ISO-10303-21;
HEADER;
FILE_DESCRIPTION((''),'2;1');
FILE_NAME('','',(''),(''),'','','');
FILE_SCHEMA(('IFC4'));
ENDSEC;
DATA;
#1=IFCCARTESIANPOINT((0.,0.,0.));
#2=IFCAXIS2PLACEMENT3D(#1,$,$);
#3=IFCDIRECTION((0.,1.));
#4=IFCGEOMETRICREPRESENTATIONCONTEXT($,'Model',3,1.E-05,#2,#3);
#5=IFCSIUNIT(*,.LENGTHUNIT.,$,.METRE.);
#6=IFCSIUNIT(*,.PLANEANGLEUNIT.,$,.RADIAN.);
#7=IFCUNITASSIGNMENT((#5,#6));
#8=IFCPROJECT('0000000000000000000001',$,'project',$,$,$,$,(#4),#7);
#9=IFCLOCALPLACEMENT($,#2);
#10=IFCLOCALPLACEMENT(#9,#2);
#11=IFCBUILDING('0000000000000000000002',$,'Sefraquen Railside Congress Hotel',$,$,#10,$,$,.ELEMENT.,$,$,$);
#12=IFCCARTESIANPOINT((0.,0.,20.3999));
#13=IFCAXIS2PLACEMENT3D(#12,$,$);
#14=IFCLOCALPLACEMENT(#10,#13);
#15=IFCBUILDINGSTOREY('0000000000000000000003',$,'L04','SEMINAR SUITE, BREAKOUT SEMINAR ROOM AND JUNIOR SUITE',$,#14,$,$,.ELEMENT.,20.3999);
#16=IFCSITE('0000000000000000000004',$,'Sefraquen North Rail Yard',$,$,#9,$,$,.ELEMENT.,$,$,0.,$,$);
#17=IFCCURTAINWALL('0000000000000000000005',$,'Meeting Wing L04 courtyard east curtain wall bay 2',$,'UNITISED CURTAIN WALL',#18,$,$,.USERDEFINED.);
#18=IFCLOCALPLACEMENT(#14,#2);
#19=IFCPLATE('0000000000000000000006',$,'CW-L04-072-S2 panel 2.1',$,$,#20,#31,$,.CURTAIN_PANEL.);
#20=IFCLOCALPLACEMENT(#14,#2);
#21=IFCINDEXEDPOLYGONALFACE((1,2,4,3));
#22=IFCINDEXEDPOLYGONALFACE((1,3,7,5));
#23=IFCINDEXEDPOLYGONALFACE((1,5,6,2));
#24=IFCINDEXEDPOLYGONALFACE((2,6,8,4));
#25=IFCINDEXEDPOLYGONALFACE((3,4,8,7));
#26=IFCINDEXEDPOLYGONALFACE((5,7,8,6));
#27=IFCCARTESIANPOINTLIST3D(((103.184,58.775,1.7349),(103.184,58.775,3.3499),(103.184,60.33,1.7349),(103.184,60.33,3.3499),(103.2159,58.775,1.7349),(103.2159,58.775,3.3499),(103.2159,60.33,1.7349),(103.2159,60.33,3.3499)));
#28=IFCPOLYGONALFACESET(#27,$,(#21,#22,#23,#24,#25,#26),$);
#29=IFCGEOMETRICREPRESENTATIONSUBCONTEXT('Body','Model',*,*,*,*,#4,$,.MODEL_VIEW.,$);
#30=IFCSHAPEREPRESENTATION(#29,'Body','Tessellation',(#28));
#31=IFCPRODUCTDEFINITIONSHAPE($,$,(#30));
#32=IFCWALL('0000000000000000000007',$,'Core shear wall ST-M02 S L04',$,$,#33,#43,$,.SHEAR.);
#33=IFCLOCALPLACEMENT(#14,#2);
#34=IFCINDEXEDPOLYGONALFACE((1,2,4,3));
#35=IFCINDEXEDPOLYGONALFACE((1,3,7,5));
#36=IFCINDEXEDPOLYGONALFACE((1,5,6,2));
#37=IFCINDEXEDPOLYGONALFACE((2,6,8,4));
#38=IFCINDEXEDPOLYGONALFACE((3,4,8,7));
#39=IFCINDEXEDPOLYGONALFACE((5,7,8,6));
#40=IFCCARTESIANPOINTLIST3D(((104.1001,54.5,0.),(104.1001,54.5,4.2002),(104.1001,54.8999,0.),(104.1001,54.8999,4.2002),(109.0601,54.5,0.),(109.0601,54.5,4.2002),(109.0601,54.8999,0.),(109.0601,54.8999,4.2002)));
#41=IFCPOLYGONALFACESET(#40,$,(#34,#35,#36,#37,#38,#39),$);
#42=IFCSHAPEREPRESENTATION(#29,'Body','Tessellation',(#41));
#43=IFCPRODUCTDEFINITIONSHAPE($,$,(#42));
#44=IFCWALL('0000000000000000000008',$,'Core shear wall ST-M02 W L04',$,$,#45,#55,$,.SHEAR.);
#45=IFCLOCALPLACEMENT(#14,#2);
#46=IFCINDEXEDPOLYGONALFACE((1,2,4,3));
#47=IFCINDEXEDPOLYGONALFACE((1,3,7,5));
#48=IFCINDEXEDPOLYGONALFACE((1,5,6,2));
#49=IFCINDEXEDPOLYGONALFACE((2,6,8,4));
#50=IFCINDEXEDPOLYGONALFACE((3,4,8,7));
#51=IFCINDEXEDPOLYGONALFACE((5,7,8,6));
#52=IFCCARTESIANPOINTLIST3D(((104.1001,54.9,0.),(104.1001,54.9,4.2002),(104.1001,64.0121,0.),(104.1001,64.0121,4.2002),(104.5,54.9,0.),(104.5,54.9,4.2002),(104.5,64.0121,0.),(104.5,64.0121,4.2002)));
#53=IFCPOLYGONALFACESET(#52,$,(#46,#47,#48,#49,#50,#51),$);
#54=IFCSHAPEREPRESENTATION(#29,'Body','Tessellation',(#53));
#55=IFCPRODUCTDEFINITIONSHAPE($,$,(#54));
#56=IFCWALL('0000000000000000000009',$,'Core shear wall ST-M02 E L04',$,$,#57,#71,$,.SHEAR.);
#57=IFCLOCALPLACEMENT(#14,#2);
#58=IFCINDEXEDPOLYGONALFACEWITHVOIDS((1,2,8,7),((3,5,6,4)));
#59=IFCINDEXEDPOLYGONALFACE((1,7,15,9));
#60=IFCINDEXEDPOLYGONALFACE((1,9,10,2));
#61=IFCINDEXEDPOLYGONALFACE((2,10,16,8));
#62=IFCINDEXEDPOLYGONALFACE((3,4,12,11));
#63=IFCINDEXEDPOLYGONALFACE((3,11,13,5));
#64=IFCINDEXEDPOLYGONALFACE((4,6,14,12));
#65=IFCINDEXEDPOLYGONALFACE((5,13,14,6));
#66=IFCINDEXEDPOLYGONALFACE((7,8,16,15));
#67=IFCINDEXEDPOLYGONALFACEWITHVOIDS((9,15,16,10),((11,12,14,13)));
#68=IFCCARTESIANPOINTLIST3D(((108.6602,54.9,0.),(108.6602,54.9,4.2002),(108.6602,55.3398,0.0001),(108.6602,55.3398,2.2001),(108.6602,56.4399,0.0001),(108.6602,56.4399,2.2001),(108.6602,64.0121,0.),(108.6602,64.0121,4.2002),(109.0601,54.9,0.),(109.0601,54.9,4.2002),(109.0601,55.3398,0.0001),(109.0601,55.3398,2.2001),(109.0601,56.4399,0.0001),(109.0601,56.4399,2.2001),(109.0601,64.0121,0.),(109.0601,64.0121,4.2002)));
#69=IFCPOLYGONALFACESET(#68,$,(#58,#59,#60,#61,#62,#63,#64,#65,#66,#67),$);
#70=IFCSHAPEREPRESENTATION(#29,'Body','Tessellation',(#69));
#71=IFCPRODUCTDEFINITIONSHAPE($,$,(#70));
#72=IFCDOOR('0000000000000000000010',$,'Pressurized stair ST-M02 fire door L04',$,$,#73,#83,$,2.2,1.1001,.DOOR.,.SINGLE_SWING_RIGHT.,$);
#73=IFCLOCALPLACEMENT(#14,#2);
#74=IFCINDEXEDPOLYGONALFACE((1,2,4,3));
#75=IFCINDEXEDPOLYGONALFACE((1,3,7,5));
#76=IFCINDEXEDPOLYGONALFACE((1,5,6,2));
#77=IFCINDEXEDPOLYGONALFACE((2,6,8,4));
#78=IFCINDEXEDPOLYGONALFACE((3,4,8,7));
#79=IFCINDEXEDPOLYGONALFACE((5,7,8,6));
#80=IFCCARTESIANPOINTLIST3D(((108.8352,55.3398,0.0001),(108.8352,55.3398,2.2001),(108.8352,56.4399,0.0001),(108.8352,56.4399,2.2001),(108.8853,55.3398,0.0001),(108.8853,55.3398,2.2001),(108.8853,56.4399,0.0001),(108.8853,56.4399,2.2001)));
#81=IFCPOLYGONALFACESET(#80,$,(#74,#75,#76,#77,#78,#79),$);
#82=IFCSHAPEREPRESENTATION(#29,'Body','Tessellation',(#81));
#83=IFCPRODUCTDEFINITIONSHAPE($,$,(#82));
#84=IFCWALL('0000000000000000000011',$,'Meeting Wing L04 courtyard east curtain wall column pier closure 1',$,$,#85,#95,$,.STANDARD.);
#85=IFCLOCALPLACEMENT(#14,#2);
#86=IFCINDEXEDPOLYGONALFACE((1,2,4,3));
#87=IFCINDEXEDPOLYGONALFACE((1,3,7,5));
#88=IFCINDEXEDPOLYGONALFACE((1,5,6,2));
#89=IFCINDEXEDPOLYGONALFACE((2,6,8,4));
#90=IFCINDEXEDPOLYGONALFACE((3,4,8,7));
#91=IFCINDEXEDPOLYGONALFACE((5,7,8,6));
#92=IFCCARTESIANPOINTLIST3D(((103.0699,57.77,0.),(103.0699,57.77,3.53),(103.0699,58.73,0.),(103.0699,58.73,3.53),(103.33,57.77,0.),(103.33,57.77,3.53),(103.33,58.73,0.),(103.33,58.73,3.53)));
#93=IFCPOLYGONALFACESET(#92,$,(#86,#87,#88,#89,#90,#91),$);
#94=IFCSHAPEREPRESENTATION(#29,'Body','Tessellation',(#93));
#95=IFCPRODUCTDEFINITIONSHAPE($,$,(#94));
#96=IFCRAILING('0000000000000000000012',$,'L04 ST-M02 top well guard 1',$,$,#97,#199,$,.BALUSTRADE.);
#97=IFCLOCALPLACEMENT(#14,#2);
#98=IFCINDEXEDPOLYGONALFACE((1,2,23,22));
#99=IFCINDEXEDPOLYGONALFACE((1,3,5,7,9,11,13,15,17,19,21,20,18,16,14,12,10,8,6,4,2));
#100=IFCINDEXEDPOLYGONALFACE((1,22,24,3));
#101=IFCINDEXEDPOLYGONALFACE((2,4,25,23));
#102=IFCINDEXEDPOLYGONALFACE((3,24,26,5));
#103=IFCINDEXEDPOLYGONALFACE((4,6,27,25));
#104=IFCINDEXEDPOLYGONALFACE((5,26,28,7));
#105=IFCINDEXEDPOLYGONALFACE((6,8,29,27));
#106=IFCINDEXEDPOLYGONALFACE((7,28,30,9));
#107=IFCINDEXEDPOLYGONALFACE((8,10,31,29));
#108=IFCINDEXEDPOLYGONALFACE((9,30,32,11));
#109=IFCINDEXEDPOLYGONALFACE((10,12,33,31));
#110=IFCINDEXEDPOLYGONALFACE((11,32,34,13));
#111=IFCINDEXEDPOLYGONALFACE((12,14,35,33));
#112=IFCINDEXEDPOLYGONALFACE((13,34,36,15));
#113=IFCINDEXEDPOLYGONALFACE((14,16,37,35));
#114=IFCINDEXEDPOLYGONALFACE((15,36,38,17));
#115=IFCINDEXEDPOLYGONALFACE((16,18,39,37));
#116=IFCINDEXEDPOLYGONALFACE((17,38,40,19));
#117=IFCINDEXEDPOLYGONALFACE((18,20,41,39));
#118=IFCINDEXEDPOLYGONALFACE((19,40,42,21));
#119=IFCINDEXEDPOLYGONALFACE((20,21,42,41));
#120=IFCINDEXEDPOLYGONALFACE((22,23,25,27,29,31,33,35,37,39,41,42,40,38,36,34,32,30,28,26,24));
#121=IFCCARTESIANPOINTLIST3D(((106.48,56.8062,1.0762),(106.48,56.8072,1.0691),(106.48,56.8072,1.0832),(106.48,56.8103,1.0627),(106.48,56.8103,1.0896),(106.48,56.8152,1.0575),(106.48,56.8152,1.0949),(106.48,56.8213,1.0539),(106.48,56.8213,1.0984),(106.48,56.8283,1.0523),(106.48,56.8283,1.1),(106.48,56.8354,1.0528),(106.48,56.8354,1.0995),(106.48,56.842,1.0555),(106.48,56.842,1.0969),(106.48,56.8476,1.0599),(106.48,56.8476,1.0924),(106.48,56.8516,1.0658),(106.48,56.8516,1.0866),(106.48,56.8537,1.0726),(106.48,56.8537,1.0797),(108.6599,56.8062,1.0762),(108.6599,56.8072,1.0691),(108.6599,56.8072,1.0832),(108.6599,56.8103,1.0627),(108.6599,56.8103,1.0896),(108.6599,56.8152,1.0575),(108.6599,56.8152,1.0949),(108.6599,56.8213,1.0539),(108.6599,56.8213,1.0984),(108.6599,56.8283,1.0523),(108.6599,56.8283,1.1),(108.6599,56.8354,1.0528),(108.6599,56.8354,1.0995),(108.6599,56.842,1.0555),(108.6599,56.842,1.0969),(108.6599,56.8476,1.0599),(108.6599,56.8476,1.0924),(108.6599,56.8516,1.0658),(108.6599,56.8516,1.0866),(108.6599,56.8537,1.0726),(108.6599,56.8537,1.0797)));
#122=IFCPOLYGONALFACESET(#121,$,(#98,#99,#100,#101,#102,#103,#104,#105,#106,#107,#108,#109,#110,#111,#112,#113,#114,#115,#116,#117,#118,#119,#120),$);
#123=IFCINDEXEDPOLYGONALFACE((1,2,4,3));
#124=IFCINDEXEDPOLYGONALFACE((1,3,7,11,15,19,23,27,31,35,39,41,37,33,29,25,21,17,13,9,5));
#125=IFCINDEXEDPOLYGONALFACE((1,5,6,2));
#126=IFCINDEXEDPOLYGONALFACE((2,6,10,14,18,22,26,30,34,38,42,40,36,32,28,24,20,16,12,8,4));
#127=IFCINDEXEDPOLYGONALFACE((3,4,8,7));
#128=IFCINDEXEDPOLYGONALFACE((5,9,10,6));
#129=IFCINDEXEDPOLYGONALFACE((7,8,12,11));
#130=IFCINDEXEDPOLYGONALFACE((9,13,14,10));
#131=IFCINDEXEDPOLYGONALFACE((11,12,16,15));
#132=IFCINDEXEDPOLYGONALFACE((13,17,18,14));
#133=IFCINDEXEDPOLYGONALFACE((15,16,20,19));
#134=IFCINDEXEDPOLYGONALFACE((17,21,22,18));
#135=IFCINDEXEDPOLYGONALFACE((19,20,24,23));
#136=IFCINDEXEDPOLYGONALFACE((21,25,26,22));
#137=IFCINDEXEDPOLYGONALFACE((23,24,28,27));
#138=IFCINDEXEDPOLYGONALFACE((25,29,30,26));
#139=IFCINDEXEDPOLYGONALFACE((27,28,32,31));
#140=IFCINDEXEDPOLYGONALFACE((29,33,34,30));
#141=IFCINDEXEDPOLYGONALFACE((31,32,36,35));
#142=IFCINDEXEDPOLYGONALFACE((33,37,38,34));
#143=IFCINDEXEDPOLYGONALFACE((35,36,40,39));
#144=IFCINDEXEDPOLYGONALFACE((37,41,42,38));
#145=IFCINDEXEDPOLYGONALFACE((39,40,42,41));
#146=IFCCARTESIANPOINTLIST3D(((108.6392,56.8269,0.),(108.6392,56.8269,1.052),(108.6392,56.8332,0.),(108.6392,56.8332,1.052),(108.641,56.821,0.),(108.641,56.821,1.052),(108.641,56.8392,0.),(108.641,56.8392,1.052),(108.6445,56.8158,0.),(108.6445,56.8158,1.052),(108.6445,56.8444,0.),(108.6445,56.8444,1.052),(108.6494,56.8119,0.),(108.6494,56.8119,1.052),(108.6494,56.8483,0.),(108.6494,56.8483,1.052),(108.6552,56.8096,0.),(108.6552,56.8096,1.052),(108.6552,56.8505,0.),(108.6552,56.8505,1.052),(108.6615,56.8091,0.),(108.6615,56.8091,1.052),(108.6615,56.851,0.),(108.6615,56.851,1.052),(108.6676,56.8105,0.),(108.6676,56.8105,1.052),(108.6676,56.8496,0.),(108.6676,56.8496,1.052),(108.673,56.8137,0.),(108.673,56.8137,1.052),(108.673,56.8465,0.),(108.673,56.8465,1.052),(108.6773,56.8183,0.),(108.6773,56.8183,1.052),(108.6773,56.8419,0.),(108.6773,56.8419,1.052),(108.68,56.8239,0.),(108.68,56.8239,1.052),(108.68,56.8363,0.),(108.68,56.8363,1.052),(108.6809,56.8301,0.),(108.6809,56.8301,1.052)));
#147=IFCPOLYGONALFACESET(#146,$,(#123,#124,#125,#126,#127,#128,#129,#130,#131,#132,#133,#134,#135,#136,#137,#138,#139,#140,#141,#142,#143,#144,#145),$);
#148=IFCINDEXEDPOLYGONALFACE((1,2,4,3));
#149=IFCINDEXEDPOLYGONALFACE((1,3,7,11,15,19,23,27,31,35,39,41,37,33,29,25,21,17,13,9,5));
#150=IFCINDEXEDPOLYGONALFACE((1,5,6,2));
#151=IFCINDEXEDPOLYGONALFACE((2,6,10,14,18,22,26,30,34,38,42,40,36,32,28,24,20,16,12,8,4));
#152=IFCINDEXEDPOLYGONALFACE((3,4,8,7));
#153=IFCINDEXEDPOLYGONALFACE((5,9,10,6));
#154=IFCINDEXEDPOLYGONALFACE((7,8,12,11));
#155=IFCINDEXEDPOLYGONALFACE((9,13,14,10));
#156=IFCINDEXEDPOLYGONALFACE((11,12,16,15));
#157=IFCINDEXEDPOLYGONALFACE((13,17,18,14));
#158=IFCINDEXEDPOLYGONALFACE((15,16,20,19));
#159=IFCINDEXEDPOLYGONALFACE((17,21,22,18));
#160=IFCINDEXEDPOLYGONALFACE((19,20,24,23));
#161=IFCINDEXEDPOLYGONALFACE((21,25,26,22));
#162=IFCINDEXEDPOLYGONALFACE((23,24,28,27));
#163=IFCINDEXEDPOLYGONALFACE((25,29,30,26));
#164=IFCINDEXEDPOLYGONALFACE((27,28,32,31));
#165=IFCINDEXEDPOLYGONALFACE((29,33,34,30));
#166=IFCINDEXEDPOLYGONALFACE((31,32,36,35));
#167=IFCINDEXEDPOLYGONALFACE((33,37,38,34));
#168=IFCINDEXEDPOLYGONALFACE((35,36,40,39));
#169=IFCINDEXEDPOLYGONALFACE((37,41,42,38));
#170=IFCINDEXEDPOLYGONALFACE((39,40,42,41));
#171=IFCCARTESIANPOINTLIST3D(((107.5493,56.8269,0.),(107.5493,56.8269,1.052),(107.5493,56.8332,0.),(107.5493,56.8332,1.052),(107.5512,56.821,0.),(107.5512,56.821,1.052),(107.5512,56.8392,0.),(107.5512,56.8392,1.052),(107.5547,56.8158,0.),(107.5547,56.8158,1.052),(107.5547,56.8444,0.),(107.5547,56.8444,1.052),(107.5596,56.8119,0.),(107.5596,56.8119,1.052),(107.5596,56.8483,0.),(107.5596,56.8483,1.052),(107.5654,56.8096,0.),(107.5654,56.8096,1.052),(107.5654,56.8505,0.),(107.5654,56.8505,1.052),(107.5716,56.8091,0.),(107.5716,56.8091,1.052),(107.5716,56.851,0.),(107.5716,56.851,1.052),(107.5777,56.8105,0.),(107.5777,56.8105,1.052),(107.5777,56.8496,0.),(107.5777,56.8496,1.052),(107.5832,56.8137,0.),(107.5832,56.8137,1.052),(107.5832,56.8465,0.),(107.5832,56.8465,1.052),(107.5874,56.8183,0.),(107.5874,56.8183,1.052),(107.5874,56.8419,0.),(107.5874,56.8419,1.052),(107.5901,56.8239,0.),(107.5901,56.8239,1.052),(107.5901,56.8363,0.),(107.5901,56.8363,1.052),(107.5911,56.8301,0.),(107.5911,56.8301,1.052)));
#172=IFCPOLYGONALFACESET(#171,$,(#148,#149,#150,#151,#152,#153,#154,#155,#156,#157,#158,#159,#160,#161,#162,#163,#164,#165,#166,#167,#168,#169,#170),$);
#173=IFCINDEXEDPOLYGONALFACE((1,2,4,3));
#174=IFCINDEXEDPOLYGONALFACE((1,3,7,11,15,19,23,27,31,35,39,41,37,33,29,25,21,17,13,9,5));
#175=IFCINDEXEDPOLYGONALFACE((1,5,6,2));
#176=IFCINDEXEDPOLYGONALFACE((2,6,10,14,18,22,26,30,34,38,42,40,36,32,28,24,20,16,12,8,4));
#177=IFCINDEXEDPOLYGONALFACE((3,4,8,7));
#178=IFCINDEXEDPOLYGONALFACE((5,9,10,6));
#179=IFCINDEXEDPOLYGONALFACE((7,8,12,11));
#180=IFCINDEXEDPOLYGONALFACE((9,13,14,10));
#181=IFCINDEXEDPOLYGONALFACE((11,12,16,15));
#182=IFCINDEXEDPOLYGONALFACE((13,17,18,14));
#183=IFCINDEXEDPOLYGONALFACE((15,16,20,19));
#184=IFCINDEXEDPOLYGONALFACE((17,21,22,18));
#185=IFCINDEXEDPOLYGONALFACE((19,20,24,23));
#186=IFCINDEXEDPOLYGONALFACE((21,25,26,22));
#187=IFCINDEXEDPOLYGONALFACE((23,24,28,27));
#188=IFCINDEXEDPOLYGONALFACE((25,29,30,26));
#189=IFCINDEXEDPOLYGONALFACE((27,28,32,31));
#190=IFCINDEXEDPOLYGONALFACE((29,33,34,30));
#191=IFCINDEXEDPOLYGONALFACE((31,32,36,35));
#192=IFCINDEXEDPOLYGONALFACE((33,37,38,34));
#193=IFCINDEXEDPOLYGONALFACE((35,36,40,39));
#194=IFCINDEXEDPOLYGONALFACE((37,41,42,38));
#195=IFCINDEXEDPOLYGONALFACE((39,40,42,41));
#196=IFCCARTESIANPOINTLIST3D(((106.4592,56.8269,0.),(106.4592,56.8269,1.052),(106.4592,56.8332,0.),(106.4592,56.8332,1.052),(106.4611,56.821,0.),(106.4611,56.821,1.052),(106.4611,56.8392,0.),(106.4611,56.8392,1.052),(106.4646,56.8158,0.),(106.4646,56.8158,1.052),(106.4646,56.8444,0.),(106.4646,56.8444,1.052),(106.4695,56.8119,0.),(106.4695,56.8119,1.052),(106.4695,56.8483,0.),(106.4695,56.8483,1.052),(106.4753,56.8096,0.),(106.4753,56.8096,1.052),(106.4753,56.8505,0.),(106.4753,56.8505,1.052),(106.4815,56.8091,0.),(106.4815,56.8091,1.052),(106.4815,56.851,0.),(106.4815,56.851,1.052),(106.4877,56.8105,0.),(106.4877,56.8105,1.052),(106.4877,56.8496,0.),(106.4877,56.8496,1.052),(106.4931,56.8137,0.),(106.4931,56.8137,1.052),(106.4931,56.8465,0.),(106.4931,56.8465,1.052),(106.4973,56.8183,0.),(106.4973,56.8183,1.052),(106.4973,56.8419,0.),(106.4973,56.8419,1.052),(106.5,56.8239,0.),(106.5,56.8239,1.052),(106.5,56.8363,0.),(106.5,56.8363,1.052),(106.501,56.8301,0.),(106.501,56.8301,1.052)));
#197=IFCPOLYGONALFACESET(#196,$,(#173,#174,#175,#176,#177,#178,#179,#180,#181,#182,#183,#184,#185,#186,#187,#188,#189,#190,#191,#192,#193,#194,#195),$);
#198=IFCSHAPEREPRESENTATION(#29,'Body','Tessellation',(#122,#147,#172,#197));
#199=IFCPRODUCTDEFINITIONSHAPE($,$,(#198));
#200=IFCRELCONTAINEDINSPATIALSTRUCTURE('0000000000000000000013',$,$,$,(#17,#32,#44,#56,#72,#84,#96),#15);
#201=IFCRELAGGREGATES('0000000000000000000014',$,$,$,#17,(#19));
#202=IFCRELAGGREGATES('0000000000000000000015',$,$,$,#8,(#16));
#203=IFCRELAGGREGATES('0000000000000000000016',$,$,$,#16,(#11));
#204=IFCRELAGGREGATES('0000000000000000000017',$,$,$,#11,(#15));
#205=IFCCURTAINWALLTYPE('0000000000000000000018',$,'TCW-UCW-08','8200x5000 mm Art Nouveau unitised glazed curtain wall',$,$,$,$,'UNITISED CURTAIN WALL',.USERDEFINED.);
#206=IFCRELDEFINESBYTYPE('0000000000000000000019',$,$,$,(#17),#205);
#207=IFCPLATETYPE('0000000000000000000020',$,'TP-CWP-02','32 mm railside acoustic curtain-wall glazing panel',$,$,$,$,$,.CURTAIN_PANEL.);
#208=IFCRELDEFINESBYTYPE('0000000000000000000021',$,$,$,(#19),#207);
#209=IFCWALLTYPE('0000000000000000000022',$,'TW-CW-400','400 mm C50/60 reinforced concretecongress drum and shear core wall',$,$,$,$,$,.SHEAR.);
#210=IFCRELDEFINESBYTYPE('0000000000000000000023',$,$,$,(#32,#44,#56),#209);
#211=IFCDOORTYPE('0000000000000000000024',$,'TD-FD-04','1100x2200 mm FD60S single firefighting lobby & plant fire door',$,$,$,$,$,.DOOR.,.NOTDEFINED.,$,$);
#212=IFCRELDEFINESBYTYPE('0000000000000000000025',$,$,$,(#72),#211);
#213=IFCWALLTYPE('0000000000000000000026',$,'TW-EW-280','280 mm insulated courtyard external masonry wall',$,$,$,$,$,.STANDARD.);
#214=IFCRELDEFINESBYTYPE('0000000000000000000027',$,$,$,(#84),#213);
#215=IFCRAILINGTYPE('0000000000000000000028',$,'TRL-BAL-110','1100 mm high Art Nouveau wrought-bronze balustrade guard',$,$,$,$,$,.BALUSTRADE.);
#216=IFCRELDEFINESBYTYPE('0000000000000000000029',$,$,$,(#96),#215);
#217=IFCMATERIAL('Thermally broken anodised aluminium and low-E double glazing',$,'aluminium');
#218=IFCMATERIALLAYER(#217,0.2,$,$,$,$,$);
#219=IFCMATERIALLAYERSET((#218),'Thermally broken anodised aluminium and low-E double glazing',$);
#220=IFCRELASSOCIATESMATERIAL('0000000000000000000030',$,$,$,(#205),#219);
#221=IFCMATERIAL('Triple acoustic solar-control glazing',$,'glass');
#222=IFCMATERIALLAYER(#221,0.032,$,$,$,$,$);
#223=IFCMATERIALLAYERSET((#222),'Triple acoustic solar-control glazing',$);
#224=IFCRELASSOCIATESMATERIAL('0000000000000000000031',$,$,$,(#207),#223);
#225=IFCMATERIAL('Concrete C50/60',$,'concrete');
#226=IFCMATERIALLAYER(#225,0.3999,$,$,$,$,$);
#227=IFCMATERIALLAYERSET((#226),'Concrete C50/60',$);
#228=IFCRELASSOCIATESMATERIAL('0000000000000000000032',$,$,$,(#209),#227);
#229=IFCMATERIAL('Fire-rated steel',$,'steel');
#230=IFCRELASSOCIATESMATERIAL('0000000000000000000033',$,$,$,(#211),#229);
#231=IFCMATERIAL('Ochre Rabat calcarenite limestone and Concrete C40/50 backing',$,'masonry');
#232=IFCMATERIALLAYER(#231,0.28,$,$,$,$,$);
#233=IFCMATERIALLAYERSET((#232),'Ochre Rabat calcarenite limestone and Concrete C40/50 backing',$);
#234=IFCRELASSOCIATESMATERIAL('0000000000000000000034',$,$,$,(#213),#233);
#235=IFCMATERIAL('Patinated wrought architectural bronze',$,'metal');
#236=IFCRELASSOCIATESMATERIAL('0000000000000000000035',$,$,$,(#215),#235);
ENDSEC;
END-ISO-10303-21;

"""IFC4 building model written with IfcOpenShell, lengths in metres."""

from ifc_helpers import new_model, si_unit, direction, frame, frame_2d, origin, origin_2d, place, context, subcontext, project, spatial, rectangle, circle, extrude, material, layer, layer_set, type_object, element, fill, aggregate, save


model = new_model("IFC4")

# Units and contexts
model_context = context("Model", 3, precision=1e-05, world=origin(), true_north=direction((0.0, 1.0)))
body_context = subcontext(model_context, "Body", "Model", "MODEL_VIEW")
ifc_project = project(units=[si_unit("LENGTHUNIT", "METRE"), si_unit("PLANEANGLEUNIT", "RADIAN")], contexts=[model_context])

# Site, building, storey
site_placement = place(None, origin())
site = spatial("IfcSite", under=ifc_project, at=site_placement, Name="Sefraquen North Rail Yard", CompositionType="ELEMENT", RefElevation=0.0)
building_placement = place(site_placement, origin())
building = spatial("IfcBuilding", under=site, at=building_placement, Name="Sefraquen Railside Congress Hotel", CompositionType="ELEMENT")
storey_placement = place(building_placement, frame((0.0, 0.0, 20.3999)))
storey = spatial("IfcBuildingStorey", under=building, at=storey_placement, Name="L04", Description="SEMINAR SUITE, BREAKOUT SEMINAR ROOM AND JUNIOR SUITE", CompositionType="ELEMENT", Elevation=20.3999)

# Shared definitions
ifc_material_1 = material(Name="Concrete C50/60", Category="concrete")

# Curtain wall
ifc_material_2 = material(Name="Thermally broken anodised aluminium and low-E double glazing", Category="aluminium")
ifc_layer_1 = layer(ifc_material_2, 0.2)
ifc_layer_set_1 = layer_set([ifc_layer_1], Name="Thermally broken anodised aluminium and low-E double glazing")
curtain_wall_type = type_object("IfcCurtainWallType", Name="TCW-UCW-08", Description="8200x5000 mm Art Nouveau unitised glazed curtain wall", ElementType="UNITISED CURTAIN WALL", PredefinedType="USERDEFINED", material=ifc_layer_set_1)
curtain_wall_1_placement = place(storey_placement, origin())
curtain_wall_1 = element("IfcCurtainWall", 1, at=curtain_wall_1_placement, inside=storey, type_object=curtain_wall_type, Name="Meeting Wing L04 courtyard east curtain wall bay 2", ObjectType="UNITISED CURTAIN WALL", PredefinedType="USERDEFINED")

# Plate
ifc_material_3 = material(Name="Triple acoustic solar-control glazing", Category="glass")
ifc_layer_2 = layer(ifc_material_3, 0.032)
ifc_layer_set_2 = layer_set([ifc_layer_2], Name="Triple acoustic solar-control glazing")
plate_type_1 = type_object("IfcPlateType", Name="TP-CWP-02", Description="32 mm railside acoustic curtain-wall glazing panel", PredefinedType="CURTAIN_PANEL", material=ifc_layer_set_2)
plate_1_placement = place(storey_placement, frame((103.2, 59.5525, 1.7349), z_axis=(0.0, 0.0, 1.0), x_axis=(0.0, 1.0, 0.0)))
plate_1 = element("IfcPlate", 2, at=plate_1_placement, type_object=plate_type_1, Name="CW-L04-072-S2 panel 2.1", PredefinedType="CURTAIN_PANEL", context=body_context, shape_type="SweptSolid", body=[
    extrude(rectangle(XDim=1.5549, YDim=0.032, at=origin_2d()), origin(), (0.0, 0.0, 1.0), 1.615),
])
aggregate(curtain_wall_1, [plate_1])

# Walls
ifc_layer_3 = layer(ifc_material_1, 0.3999)
ifc_layer_set_3 = layer_set([ifc_layer_3], Name="Concrete C50/60")
wall_type_1 = type_object("IfcWallType", Name="TW-CW-400", Description="400 mm C50/60 reinforced concretecongress drum and shear core wall", PredefinedType="SHEAR", material=ifc_layer_set_3)
wall_1_placement = place(storey_placement, frame((104.1001, 54.7, 0.0), z_axis=(0.0, 0.0, 1.0), x_axis=(1.0, 0.0, 0.0)))
element("IfcWall", 3, at=wall_1_placement, inside=storey, type_object=wall_type_1, Name="Core shear wall ST-M02 S L04", PredefinedType="SHEAR", context=body_context, shape_type="SweptSolid", body=[
    extrude(rectangle(XDim=4.96, YDim=0.3999, at=frame_2d((2.48, 0.0))), origin(), (0.0, 0.0, 1.0), 4.2002),
])
wall_2_placement = place(storey_placement, frame((104.3, 54.8999, 0.0), z_axis=(0.0, 0.0, 1.0), x_axis=(0.0, 1.0, 0.0)))
element("IfcWall", 4, at=wall_2_placement, inside=storey, type_object=wall_type_1, Name="Core shear wall ST-M02 W L04", PredefinedType="SHEAR", context=body_context, shape_type="SweptSolid", body=[
    extrude(rectangle(XDim=9.1121, YDim=0.3999, at=frame_2d((4.5562, 0.0))), origin(), (0.0, 0.0, 1.0), 4.2002),
])

# Wall, opening, door
wall_3_placement = place(storey_placement, frame((108.8601, 54.8999, 0.0), z_axis=(0.0, 0.0, 1.0), x_axis=(0.0, 1.0, 0.0)))
wall_3 = element("IfcWall", 5, at=wall_3_placement, inside=storey, type_object=wall_type_1, Name="Core shear wall ST-M02 E L04", PredefinedType="SHEAR", context=body_context, shape_type="SweptSolid", body=[
    extrude(rectangle(XDim=9.1121, YDim=0.3999, at=frame_2d((4.5562, 0.0))), origin(), (0.0, 0.0, 1.0), 4.2002),
])
opening_placement = place(wall_3_placement, frame((0.4399, 0.0, 0.0)))
opening = element("IfcOpeningElement", 6, at=opening_placement, cuts=wall_3, PredefinedType="OPENING", context=body_context, shape_type="SweptSolid", body=[
    extrude(rectangle(XDim=1.1001, YDim=2.2, at=frame_2d((0.55, 1.1001))), frame((0.0, 0.21, 0.0), z_axis=(0.0, -1.0, 0.0), x_axis=(1.0, 0.0, 0.0)), (0.0, 0.0, 1.0), 0.4199),
])
ifc_material_4 = material(Name="Fire-rated steel", Category="steel")
door_type = type_object("IfcDoorType", Name="TD-FD-04", Description="1100x2200 mm FD60S single firefighting lobby & plant fire door", OperationType="NOTDEFINED", PredefinedType="DOOR", material=ifc_material_4)
door_placement = place(opening_placement, origin())
door = element("IfcDoor", 7, at=door_placement, inside=storey, type_object=door_type, Name="Pressurized stair ST-M02 fire door L04", OperationType="SINGLE_SWING_RIGHT", OverallHeight=2.2, OverallWidth=1.1001, PredefinedType="DOOR", context=body_context, shape_type="SweptSolid", body=[
    extrude(rectangle(XDim=1.1001, YDim=2.2, at=frame_2d((0.55, 1.1001))), frame((0.0, 0.0249, 0.0), z_axis=(0.0, -1.0, 0.0), x_axis=(1.0, 0.0, 0.0)), (0.0, 0.0, 1.0), 0.05),
])
fill(opening, door)

# Wall
ifc_material_5 = material(Name="Ochre Rabat calcarenite limestone and Concrete C40/50 backing", Category="masonry")
ifc_layer_4 = layer(ifc_material_5, 0.28)
ifc_layer_set_4 = layer_set([ifc_layer_4], Name="Ochre Rabat calcarenite limestone and Concrete C40/50 backing")
wall_type_2 = type_object("IfcWallType", Name="TW-EW-280", Description="280 mm insulated courtyard external masonry wall", PredefinedType="STANDARD", material=ifc_layer_set_4)
wall_4_placement = place(storey_placement, frame((103.2, 57.77, 0.0), z_axis=(0.0, 0.0, 1.0), x_axis=(0.0, 1.0, 0.0)))
element("IfcWall", 8, at=wall_4_placement, inside=storey, type_object=wall_type_2, Name="Meeting Wing L04 courtyard east curtain wall column pier closure 1", PredefinedType="STANDARD", context=body_context, shape_type="SweptSolid", body=[
    extrude(rectangle(XDim=0.96, YDim=0.26, at=frame_2d((0.48, 0.0))), origin(), (0.0, 0.0, 1.0), 3.53),
])

# Railing
ifc_material_6 = material(Name="Patinated wrought architectural bronze", Category="metal")
railing_type = type_object("IfcRailingType", Name="TRL-BAL-110", Description="1100 mm high Art Nouveau wrought-bronze balustrade guard", PredefinedType="BALUSTRADE", material=ifc_material_6)
railing_placement = place(storey_placement, frame((108.6599, 56.8301, 0.0)))
element("IfcRailing", 9, at=railing_placement, inside=storey, type_object=railing_type, Name="L04 ST-M02 top well guard 1", PredefinedType="BALUSTRADE", context=body_context, shape_type="SweptSolid", body=[
    extrude(circle(Radius=0.0239, at=origin_2d()), frame((0.0, 0.0, 1.0762), z_axis=(-1.0, 0.0, 0.0), x_axis=(0.0, -1.0, 0.0)), (0.0, 0.0, 1.0), 2.1799),
    extrude(circle(Radius=0.021, at=origin_2d()), origin(), (0.0, 0.0, 1.0), 1.052),
    extrude(circle(Radius=0.021, at=origin_2d()), frame((-1.0898, 0.0, 0.0)), (0.0, 0.0, 1.0), 1.052),
    extrude(circle(Radius=0.021, at=origin_2d()), frame((-2.1799, 0.0, 0.0)), (0.0, 0.0, 1.0), 1.052),
])

save(model, "model.ifc")
